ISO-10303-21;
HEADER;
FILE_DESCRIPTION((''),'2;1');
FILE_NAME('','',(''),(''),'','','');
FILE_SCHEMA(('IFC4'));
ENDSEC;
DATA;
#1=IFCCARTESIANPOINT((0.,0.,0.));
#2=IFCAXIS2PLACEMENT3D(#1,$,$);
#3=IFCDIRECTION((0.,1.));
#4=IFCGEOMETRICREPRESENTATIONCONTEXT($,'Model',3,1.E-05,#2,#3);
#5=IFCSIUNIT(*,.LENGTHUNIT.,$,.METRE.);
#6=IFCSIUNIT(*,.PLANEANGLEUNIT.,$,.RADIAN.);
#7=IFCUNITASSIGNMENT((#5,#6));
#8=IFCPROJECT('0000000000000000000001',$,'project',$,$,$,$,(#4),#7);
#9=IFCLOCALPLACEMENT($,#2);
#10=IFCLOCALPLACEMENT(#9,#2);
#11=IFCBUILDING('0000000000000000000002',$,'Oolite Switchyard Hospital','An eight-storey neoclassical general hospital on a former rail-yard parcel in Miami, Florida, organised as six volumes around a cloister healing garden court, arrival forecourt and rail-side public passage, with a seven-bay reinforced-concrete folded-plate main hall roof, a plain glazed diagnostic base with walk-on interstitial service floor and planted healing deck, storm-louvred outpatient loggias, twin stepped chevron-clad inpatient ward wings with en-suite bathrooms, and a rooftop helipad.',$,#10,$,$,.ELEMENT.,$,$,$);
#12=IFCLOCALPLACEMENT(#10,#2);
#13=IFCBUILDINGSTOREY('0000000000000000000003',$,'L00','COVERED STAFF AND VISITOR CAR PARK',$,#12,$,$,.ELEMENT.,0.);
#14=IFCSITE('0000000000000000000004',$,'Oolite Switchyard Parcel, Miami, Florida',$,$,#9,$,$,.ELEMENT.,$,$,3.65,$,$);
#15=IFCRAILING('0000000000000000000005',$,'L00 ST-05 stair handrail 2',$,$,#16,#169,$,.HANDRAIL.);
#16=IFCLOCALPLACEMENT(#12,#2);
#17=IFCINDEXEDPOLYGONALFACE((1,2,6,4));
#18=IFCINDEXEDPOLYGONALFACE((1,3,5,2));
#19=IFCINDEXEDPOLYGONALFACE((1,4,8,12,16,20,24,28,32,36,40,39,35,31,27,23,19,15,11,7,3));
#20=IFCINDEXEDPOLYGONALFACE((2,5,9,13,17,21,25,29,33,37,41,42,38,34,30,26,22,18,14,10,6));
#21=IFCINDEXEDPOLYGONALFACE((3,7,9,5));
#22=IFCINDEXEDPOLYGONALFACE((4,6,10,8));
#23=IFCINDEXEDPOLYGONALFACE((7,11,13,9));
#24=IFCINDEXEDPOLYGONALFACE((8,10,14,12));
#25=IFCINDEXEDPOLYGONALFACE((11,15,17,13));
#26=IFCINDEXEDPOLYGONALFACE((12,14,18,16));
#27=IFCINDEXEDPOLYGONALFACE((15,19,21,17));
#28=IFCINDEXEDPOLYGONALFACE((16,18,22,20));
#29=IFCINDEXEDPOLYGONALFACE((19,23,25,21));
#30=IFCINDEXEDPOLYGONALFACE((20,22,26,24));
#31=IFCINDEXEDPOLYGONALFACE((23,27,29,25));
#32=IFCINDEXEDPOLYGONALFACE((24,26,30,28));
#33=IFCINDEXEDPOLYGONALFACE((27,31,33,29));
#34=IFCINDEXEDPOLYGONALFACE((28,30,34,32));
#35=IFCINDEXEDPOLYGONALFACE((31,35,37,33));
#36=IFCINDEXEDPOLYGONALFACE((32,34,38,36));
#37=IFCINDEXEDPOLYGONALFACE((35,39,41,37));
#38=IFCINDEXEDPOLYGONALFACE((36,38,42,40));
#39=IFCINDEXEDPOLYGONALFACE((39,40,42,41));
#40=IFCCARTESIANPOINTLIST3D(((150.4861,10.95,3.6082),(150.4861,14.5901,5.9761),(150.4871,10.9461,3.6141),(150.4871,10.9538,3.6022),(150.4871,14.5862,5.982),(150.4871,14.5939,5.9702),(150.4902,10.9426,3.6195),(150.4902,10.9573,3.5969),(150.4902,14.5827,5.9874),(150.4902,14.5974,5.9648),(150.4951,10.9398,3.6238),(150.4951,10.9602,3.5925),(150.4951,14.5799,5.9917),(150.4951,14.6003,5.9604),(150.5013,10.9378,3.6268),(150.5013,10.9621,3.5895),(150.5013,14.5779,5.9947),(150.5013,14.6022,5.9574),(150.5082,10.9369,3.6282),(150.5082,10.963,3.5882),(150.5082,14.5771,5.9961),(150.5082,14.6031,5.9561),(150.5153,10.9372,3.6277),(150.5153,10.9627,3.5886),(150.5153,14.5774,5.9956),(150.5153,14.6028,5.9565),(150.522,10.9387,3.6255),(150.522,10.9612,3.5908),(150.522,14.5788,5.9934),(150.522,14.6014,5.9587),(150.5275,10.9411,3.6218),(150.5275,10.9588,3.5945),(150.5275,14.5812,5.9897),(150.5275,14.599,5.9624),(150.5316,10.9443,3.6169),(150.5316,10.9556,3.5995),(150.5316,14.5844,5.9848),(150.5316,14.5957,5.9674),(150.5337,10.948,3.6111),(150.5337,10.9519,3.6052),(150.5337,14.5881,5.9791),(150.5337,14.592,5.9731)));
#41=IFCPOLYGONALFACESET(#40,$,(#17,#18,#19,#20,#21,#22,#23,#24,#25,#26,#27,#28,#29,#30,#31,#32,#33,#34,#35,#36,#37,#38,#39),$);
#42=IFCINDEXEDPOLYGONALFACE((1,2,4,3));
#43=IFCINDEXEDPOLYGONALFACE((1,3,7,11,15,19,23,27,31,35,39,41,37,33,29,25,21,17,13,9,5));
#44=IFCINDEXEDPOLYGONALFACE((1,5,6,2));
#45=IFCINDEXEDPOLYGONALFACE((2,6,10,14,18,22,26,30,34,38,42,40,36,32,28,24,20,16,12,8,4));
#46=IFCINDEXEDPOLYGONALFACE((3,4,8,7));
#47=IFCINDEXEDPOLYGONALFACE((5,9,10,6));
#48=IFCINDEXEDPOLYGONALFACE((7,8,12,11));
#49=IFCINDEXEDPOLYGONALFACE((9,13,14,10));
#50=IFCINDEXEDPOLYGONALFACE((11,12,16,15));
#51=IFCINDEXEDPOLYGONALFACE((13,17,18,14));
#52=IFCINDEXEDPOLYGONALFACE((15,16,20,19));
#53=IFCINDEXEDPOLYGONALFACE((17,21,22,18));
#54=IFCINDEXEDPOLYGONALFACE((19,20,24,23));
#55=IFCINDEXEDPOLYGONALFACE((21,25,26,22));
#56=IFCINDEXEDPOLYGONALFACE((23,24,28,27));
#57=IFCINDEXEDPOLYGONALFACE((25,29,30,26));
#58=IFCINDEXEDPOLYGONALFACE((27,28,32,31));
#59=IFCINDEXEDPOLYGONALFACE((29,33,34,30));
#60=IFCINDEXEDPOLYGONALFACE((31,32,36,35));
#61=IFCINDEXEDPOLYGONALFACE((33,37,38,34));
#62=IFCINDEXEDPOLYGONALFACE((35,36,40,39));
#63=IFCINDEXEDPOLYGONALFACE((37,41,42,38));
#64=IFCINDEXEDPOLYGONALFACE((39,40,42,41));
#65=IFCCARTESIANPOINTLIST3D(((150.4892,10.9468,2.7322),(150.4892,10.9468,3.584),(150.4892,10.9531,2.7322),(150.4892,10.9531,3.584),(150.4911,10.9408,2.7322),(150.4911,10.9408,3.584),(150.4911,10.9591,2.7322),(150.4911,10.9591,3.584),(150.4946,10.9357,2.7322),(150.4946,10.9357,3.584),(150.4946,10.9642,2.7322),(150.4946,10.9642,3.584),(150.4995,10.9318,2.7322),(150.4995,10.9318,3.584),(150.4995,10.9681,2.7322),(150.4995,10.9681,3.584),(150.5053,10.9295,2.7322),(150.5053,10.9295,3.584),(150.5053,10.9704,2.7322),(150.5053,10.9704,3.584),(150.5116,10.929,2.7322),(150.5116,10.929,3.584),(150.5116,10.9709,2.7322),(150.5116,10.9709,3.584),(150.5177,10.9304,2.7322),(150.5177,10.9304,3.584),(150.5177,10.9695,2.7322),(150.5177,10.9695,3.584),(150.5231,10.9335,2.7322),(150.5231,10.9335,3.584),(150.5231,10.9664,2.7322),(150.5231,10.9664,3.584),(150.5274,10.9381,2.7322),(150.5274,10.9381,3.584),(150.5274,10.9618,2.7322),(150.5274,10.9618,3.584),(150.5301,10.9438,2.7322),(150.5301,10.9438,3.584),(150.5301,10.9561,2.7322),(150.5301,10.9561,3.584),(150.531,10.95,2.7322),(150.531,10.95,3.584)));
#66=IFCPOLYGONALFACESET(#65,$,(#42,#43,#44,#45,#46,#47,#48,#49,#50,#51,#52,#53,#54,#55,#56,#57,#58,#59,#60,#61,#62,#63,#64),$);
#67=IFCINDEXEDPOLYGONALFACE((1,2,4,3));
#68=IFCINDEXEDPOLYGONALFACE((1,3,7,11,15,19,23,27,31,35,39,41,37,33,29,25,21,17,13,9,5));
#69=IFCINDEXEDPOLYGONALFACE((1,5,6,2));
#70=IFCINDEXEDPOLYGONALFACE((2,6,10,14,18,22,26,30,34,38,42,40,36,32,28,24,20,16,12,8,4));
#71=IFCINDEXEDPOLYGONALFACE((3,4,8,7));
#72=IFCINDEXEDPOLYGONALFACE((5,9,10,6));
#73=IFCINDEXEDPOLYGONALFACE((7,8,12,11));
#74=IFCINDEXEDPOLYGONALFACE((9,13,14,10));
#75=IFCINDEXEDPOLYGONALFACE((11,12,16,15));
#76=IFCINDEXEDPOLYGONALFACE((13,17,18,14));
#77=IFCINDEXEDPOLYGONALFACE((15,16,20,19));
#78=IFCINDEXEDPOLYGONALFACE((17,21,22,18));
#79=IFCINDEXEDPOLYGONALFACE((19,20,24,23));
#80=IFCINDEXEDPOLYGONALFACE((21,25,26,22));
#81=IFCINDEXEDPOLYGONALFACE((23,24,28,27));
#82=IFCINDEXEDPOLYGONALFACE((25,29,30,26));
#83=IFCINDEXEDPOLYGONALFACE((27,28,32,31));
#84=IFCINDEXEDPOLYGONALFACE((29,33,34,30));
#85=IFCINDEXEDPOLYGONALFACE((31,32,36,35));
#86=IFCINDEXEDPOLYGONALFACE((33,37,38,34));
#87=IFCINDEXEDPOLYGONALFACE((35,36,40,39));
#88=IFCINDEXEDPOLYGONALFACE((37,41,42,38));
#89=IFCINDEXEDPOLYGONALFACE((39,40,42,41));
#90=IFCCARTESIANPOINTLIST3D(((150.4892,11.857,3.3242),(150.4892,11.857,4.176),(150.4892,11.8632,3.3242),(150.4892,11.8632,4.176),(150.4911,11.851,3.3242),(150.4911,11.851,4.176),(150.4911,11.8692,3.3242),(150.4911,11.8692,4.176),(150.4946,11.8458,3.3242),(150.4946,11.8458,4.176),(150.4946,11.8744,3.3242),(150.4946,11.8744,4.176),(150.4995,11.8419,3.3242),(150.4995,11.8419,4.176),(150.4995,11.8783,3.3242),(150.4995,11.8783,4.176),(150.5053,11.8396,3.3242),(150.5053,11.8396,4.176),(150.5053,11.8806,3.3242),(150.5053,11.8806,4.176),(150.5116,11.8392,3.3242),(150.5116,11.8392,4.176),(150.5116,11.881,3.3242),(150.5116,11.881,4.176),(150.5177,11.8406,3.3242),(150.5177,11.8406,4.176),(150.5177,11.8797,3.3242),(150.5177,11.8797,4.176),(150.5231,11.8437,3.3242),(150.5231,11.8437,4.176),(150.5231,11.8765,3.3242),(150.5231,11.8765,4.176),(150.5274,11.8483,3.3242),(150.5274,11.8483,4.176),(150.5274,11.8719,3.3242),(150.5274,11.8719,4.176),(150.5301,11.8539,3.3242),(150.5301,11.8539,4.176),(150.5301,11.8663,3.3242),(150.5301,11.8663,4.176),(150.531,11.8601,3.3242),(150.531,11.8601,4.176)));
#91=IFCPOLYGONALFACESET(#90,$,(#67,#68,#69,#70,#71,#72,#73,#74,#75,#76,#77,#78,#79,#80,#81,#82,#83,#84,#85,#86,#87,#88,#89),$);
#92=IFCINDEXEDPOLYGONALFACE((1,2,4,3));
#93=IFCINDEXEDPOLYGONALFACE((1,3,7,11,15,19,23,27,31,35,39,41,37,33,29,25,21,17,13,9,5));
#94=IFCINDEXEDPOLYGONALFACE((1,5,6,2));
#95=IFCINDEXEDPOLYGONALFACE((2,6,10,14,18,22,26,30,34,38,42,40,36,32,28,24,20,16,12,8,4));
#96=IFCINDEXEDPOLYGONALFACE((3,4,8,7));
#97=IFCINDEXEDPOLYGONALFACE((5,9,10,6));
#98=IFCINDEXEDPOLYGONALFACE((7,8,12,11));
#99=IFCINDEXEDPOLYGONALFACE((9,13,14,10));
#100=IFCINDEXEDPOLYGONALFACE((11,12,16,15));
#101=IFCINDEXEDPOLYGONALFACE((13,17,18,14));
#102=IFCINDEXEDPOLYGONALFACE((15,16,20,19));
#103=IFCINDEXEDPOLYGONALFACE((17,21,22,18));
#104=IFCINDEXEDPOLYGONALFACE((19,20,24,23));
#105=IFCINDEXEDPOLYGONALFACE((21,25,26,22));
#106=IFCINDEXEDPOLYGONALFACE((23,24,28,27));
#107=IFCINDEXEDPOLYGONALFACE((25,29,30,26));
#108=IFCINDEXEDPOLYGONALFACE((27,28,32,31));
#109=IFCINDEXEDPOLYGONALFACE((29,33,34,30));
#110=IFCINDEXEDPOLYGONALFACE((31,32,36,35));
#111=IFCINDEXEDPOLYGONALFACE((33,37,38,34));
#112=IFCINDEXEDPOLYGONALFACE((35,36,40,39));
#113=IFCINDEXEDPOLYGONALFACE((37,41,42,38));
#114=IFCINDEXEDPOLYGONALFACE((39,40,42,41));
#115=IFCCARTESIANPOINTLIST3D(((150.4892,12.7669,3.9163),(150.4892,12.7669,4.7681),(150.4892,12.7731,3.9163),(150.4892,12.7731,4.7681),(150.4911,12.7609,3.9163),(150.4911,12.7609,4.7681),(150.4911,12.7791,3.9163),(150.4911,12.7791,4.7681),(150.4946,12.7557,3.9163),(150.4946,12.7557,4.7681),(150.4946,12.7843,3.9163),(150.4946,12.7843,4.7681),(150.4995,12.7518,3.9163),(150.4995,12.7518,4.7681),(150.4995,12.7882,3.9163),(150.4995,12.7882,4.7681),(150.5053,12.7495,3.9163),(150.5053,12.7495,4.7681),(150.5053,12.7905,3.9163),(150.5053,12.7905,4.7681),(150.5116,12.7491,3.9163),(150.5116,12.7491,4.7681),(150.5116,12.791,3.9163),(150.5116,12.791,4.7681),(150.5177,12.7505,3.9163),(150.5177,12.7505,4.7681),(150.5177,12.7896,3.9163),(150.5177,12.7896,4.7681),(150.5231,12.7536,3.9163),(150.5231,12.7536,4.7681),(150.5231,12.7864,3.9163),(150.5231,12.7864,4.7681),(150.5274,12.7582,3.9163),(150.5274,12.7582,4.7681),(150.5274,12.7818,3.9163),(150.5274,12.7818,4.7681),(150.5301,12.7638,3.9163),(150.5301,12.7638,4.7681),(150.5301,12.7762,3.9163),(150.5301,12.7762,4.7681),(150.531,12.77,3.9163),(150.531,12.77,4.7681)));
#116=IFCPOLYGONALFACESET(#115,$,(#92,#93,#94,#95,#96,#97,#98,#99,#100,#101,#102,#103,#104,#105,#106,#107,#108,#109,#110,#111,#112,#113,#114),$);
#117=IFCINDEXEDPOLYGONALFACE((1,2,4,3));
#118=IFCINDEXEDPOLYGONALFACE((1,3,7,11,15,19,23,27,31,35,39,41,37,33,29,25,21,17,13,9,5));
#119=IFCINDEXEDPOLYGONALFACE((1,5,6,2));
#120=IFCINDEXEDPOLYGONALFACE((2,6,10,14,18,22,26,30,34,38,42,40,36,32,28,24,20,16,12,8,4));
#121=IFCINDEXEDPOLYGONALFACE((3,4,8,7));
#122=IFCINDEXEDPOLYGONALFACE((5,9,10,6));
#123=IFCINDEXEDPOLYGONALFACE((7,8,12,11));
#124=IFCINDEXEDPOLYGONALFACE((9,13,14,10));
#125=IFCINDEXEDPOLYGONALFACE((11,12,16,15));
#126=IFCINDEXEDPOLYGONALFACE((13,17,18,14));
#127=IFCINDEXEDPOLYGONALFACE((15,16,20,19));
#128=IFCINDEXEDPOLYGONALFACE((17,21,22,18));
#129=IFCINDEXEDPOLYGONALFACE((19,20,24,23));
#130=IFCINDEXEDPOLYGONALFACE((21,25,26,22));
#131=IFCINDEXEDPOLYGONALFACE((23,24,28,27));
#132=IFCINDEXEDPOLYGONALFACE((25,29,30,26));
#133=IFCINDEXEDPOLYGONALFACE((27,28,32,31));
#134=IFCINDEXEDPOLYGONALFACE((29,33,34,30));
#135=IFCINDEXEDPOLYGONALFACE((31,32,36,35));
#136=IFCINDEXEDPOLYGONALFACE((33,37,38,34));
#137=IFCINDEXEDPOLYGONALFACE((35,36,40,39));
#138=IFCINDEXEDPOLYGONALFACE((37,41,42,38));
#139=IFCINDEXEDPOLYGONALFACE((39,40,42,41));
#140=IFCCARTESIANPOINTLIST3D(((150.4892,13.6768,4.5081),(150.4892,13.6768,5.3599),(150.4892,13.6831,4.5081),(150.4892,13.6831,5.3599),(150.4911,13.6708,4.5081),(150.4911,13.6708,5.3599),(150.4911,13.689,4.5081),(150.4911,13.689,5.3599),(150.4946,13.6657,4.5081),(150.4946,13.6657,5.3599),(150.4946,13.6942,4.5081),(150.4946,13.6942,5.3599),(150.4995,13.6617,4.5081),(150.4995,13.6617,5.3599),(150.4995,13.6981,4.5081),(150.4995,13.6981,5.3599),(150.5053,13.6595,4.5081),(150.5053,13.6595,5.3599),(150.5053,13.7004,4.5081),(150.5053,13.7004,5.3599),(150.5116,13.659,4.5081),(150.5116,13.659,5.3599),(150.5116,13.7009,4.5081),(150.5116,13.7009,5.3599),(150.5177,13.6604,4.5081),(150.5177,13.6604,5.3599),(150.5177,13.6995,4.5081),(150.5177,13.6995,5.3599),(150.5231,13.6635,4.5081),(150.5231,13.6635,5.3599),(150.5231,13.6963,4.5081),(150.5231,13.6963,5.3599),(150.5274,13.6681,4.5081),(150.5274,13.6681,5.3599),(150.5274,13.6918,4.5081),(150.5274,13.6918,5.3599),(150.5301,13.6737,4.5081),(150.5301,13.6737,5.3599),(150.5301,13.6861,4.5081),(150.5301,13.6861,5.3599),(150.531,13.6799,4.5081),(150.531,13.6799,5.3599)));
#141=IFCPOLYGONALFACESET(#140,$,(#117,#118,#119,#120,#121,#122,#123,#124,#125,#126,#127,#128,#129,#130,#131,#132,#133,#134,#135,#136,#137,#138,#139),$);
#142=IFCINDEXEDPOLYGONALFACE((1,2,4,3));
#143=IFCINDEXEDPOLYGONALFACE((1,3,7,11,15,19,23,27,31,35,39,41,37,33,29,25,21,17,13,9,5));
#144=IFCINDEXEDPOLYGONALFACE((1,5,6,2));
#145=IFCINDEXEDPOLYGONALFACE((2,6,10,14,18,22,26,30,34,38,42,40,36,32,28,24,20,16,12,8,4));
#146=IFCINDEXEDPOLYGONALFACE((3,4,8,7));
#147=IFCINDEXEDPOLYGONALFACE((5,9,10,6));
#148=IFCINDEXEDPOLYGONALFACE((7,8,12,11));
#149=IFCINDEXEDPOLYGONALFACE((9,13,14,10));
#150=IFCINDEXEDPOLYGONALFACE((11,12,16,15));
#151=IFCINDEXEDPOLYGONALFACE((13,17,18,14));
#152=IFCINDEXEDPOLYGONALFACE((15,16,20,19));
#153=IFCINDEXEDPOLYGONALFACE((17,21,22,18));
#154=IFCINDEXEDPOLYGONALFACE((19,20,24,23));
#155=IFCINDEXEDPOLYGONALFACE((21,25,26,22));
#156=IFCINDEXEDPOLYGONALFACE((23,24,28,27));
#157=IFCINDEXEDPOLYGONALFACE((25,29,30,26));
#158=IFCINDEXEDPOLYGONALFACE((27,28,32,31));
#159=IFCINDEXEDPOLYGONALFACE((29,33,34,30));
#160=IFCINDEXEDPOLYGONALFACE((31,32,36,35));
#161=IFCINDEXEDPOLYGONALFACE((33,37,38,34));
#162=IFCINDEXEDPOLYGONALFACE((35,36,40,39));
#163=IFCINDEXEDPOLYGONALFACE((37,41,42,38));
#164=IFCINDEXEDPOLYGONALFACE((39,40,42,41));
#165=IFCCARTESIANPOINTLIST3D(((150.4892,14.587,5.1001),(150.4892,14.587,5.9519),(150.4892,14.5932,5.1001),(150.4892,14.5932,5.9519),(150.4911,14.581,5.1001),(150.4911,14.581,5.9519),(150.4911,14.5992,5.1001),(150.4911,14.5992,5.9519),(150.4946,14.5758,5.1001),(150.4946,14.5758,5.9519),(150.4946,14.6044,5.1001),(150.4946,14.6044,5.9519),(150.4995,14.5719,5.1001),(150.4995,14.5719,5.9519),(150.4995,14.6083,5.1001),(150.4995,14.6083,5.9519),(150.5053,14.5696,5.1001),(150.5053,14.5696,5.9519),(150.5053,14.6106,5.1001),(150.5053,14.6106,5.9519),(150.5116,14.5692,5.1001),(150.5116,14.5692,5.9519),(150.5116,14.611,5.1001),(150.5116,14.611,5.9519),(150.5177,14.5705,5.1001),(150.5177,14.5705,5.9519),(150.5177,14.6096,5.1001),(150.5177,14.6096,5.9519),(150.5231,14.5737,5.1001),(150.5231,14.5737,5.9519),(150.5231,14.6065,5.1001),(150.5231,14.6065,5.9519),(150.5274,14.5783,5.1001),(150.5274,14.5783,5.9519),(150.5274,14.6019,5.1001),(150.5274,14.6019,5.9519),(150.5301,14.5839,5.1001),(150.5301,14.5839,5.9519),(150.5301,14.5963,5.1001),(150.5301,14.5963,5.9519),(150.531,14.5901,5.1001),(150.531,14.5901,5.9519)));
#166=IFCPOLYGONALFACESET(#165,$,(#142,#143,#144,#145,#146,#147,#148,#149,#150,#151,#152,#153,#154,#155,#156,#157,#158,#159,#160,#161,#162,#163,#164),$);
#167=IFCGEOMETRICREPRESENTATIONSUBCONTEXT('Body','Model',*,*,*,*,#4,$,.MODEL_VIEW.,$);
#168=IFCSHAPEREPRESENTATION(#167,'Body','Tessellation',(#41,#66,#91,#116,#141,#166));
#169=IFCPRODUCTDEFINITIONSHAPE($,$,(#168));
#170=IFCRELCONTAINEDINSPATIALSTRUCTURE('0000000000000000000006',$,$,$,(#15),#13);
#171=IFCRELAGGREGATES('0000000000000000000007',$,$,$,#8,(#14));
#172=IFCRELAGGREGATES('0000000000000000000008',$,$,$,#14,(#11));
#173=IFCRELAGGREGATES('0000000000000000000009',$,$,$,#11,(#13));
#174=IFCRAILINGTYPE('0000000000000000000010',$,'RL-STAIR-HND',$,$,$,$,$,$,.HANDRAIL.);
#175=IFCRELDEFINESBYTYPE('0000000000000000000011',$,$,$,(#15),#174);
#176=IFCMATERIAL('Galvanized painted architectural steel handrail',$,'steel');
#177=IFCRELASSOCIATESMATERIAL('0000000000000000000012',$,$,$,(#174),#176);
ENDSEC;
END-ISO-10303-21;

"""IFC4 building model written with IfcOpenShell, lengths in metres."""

from ifc_helpers import new_model, si_unit, direction, frame, origin, origin_2d, place, context, subcontext, project, spatial, circle, extrude, material, type_object, element, save


model = new_model("IFC4")

# Units and contexts
model_context = context("Model", 3, precision=1e-05, world=origin(), true_north=direction((0.0, 1.0)))
body_context = subcontext(model_context, "Body", "Model", "MODEL_VIEW")
ifc_project = project(units=[si_unit("LENGTHUNIT", "METRE"), si_unit("PLANEANGLEUNIT", "RADIAN")], contexts=[model_context])

# Site, building, storey
site_placement = place(None, origin())
site = spatial("IfcSite", under=ifc_project, at=site_placement, Name="Oolite Switchyard Parcel, Miami, Florida", CompositionType="ELEMENT", RefElevation=3.65)
building_placement = place(site_placement, origin())
building = spatial("IfcBuilding", under=site, at=building_placement, Name="Oolite Switchyard Hospital", Description="An eight-storey neoclassical general hospital on a former rail-yard parcel in Miami, Florida, organised as six volumes around a cloister healing garden court, arrival forecourt and rail-side public passage, with a seven-bay reinforced-concrete folded-plate main hall roof, a plain glazed diagnostic base with walk-on interstitial service floor and planted healing deck, storm-louvred outpatient loggias, twin stepped chevron-clad inpatient ward wings with en-suite bathrooms, and a rooftop helipad.", CompositionType="ELEMENT")
storey_placement = place(building_placement, origin())
storey = spatial("IfcBuildingStorey", under=building, at=storey_placement, Name="L00", Description="COVERED STAFF AND VISITOR CAR PARK", CompositionType="ELEMENT", Elevation=0.0)

# Railing
ifc_material_1 = material(Name="Galvanized painted architectural steel handrail", Category="steel")
railing_type_1 = type_object("IfcRailingType", Name="RL-STAIR-HND", PredefinedType="HANDRAIL", material=ifc_material_1)
railing_1_placement = place(storey_placement, frame((150.51, 10.95, 2.7322)))
element("IfcRailing", 1, at=railing_1_placement, inside=storey, type_object=railing_type_1, Name="L00 ST-05 stair handrail 2", PredefinedType="HANDRAIL", context=body_context, shape_type="SweptSolid", body=[
    extrude(circle(Radius=0.0239, at=origin_2d()), frame((0.0, 0.0, 0.876), z_axis=(0.0, 0.838251, 0.545285), x_axis=(-1.0, 0.0, 0.0)), (0.0, 0.0, 1.0), 4.3425),
    extrude(circle(Radius=0.021, at=origin_2d()), origin(), (0.0, 0.0, 1.0), 0.8518),
    extrude(circle(Radius=0.021, at=origin_2d()), frame((0.0, 0.9102, 0.592)), (0.0, 0.0, 1.0), 0.8518),
    extrude(circle(Radius=0.021, at=origin_2d()), frame((0.0, 1.8201, 1.1841)), (0.0, 0.0, 1.0), 0.8518),
    extrude(circle(Radius=0.021, at=origin_2d()), frame((0.0, 2.73, 1.7759)), (0.0, 0.0, 1.0), 0.8518),
    extrude(circle(Radius=0.021, at=origin_2d()), frame((0.0, 3.6401, 2.3679)), (0.0, 0.0, 1.0), 0.8518),
])

save(model, "model.ifc")
